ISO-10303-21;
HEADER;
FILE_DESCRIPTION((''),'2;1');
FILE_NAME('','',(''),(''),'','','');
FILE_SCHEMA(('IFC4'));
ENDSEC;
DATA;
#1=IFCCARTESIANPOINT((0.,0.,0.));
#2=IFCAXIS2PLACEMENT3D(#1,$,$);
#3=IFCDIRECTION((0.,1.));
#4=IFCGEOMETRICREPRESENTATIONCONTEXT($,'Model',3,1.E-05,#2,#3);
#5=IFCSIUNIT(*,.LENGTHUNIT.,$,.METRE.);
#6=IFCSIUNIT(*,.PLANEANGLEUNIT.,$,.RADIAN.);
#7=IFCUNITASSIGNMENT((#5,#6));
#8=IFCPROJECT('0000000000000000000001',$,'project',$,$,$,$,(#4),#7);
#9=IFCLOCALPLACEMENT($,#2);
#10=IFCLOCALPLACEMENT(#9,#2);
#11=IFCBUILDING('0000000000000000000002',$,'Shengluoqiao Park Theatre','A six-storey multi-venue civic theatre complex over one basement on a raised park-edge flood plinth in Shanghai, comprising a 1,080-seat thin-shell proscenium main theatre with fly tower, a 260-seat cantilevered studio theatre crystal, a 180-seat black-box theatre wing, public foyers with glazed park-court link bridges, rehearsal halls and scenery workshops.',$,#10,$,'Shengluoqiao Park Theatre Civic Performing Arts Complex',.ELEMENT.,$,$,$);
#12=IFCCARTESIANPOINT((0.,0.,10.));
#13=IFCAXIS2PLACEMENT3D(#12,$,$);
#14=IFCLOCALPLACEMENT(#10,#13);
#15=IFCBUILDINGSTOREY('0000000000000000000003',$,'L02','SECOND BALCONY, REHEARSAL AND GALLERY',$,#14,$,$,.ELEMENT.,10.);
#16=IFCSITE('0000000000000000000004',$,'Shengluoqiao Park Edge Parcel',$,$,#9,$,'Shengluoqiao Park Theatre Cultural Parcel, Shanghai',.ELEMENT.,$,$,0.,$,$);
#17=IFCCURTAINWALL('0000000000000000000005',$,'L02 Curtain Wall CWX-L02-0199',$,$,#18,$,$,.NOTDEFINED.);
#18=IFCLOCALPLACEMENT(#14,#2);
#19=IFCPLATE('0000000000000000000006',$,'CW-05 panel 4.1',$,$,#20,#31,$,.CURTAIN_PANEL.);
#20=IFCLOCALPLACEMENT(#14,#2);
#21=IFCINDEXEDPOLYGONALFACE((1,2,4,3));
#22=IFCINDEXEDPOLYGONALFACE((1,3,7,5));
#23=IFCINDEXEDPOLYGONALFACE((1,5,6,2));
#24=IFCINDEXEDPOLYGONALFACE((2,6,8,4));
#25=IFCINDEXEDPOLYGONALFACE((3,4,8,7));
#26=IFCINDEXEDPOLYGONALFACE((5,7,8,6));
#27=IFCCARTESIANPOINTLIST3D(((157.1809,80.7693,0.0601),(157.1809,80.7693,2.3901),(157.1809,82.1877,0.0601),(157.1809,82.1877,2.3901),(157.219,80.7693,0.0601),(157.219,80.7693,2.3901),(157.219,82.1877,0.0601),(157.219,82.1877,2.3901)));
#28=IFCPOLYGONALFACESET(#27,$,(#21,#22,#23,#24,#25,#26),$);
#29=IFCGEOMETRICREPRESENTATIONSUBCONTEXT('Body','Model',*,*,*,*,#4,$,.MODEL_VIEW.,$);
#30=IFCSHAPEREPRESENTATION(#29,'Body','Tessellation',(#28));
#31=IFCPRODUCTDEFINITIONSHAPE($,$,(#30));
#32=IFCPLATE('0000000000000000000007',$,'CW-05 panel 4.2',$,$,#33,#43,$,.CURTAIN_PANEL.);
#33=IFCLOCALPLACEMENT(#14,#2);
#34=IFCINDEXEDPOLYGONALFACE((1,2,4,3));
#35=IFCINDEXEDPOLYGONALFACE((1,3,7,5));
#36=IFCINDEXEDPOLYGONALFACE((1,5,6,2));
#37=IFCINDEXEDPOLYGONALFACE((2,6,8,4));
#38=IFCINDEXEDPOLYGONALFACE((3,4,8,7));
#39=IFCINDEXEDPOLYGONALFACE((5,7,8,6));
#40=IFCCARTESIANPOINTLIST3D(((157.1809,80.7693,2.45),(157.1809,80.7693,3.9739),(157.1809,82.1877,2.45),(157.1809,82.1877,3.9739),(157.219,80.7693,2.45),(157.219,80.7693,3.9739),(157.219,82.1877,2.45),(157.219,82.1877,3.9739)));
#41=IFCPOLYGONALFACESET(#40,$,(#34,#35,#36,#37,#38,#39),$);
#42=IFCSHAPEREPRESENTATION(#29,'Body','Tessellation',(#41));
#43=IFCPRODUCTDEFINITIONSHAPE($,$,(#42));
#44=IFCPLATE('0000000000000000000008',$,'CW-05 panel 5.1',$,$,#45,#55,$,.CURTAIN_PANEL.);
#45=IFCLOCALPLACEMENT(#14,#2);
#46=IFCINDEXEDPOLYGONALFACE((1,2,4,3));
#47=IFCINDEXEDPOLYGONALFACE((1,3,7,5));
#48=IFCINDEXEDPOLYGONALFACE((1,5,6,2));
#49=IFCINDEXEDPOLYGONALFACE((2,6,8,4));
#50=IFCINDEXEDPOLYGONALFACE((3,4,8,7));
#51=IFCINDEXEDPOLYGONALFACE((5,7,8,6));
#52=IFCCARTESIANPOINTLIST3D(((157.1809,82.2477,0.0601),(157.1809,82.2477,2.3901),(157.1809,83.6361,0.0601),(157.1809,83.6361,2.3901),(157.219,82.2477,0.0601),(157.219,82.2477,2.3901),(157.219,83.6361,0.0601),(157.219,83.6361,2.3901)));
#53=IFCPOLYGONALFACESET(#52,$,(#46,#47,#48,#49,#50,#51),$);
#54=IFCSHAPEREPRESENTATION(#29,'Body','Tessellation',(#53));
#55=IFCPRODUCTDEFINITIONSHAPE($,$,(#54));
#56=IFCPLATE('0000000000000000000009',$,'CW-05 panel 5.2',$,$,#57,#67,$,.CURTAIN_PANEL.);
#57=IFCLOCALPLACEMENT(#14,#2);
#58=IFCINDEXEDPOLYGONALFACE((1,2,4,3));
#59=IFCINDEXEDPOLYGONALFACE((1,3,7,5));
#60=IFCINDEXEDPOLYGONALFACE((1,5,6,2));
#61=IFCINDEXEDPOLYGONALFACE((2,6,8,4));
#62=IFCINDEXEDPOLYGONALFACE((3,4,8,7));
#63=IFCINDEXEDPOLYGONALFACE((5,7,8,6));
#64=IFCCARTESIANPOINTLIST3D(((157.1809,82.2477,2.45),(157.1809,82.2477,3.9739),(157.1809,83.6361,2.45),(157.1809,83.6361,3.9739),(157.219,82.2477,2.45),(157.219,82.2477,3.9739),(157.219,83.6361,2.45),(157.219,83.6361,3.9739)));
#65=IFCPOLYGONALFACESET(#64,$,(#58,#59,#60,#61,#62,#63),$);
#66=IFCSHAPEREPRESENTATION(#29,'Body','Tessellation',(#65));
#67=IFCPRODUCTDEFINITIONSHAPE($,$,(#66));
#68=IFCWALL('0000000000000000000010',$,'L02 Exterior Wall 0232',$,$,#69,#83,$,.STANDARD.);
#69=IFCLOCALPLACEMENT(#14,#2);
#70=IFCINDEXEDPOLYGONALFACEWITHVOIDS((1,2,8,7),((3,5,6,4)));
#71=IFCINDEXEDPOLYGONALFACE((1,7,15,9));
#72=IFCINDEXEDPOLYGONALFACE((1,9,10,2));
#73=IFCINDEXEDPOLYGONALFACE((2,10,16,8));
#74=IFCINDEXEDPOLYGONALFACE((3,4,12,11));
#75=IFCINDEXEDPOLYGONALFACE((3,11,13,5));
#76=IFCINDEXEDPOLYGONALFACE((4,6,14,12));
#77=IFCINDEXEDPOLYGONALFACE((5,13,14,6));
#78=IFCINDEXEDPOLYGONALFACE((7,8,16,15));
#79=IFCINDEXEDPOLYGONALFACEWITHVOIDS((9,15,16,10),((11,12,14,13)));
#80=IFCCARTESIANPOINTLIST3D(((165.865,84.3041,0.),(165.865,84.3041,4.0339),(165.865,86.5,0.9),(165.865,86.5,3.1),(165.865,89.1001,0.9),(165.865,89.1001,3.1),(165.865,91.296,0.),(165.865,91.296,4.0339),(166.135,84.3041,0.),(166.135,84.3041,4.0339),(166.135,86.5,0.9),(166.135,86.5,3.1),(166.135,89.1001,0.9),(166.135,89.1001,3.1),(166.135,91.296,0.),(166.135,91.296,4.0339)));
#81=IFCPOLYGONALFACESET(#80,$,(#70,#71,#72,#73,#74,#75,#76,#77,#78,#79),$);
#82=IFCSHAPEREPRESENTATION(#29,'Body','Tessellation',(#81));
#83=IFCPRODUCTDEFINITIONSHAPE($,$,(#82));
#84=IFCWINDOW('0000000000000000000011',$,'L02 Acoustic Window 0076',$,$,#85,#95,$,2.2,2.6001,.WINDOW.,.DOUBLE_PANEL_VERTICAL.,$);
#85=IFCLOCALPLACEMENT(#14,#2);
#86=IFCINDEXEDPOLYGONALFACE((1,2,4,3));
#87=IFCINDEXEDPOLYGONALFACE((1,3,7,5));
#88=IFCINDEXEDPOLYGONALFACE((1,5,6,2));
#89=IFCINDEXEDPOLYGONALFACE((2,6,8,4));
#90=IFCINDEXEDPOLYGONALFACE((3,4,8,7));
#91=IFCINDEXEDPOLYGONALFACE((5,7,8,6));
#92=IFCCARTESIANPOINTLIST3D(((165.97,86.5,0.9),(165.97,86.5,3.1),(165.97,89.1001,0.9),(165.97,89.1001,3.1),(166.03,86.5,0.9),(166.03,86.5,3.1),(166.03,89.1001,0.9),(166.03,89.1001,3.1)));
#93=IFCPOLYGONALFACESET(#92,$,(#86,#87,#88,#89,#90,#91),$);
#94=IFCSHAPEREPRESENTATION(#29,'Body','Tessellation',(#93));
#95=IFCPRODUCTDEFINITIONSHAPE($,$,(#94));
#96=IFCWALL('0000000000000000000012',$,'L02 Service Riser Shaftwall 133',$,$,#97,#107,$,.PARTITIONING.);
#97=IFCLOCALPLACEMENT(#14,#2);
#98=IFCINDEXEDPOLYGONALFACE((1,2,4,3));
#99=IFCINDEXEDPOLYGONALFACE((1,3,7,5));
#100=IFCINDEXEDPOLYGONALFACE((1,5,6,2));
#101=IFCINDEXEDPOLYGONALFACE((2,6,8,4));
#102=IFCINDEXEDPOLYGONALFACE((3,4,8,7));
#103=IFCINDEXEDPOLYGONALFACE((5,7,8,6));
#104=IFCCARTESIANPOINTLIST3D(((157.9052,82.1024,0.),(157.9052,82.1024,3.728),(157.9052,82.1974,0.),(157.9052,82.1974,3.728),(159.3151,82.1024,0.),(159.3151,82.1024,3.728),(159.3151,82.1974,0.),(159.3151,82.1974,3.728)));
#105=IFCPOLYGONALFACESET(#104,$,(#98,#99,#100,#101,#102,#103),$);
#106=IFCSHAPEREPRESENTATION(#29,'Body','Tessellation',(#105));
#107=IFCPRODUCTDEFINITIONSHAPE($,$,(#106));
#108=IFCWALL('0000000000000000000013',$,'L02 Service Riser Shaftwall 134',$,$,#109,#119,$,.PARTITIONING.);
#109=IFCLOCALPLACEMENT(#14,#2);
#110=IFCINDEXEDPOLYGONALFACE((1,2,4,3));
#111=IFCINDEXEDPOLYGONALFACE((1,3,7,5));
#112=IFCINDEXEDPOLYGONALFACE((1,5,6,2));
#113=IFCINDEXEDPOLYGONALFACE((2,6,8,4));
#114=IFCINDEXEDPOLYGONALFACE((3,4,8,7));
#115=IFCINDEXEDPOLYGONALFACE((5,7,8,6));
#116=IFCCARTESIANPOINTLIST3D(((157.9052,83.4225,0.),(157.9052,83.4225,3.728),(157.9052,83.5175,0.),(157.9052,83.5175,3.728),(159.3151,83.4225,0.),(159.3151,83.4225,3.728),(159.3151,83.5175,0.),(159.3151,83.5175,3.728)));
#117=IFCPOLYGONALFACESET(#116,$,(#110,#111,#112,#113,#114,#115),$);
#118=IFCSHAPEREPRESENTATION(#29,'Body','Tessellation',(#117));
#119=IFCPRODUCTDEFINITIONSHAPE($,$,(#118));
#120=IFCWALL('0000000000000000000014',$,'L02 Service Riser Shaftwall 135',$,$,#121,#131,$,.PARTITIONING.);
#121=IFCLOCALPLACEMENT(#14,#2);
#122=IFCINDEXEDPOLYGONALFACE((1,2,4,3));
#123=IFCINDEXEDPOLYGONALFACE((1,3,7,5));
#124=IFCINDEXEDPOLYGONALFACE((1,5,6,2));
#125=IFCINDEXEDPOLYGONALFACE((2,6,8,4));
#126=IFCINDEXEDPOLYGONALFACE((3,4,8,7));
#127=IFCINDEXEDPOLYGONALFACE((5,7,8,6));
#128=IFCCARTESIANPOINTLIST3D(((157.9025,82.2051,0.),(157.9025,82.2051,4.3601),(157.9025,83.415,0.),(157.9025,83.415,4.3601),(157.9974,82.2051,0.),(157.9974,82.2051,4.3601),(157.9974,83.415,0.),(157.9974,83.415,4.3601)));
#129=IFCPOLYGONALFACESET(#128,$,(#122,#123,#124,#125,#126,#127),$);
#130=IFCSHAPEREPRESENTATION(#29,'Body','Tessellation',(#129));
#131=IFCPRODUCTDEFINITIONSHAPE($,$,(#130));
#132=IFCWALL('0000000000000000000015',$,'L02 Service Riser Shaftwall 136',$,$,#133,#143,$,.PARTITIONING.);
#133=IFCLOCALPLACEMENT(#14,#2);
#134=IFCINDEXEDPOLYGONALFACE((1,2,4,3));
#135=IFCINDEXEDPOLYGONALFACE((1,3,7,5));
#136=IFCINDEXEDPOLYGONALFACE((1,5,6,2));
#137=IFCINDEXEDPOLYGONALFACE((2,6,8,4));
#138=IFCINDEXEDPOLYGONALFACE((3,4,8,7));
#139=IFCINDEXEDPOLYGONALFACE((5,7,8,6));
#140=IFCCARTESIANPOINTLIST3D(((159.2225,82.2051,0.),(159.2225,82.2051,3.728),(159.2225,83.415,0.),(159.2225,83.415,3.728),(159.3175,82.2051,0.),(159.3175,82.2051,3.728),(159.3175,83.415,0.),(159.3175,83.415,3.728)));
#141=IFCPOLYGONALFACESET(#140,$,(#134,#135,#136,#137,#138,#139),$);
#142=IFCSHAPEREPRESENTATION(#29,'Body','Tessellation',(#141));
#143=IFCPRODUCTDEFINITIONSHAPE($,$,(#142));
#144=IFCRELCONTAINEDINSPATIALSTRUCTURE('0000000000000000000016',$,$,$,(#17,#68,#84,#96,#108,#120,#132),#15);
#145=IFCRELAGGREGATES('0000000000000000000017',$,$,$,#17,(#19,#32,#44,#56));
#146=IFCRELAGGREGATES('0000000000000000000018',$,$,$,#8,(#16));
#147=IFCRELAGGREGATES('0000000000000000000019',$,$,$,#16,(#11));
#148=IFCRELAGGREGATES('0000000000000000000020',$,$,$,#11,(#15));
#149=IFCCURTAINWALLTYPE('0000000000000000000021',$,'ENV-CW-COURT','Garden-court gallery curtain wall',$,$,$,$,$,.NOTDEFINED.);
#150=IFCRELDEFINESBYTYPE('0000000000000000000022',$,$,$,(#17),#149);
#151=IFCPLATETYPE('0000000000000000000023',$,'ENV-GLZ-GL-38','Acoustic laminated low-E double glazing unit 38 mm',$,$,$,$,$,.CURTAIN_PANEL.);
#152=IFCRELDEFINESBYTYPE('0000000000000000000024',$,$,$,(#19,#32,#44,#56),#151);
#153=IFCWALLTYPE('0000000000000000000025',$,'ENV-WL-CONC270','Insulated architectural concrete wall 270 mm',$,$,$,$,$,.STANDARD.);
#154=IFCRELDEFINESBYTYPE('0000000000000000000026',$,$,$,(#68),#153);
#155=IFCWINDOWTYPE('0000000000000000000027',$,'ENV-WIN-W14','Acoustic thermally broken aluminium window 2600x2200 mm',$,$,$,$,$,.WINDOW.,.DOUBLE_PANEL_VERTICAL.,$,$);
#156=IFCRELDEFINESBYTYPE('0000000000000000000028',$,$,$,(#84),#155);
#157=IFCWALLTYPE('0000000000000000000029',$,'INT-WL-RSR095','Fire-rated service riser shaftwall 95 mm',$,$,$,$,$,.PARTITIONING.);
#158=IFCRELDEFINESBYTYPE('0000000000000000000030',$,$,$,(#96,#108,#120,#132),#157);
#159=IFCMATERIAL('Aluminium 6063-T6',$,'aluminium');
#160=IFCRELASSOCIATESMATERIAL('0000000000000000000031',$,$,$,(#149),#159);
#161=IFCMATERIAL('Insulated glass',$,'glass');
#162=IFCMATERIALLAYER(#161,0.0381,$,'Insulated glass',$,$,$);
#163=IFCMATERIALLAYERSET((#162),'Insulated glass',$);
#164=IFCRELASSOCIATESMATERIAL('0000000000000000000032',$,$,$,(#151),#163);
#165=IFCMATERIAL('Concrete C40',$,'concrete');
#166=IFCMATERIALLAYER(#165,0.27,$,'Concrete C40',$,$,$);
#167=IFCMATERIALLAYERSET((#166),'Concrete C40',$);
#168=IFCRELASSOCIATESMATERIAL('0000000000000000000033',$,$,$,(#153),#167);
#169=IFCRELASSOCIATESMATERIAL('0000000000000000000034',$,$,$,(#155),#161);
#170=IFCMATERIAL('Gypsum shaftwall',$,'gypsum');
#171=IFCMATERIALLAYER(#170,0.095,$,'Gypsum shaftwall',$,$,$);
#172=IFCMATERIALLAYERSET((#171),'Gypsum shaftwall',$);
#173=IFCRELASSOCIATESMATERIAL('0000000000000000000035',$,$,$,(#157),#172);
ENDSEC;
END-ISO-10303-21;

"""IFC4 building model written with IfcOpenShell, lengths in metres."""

from ifc_helpers import new_model, si_unit, direction, frame, frame_2d, origin, origin_2d, place, context, subcontext, project, spatial, rectangle, extrude, material, layer, layer_set, type_object, element, fill, aggregate, save


model = new_model("IFC4")

# Units and contexts
model_context = context("Model", 3, precision=1e-05, world=origin(), true_north=direction((0.0, 1.0)))
body_context = subcontext(model_context, "Body", "Model", "MODEL_VIEW")
ifc_project = project(units=[si_unit("LENGTHUNIT", "METRE"), si_unit("PLANEANGLEUNIT", "RADIAN")], contexts=[model_context])

# Site, building, storey
site_placement = place(None, origin())
site = spatial("IfcSite", under=ifc_project, at=site_placement, Name="Shengluoqiao Park Edge Parcel", LongName="Shengluoqiao Park Theatre Cultural Parcel, Shanghai", CompositionType="ELEMENT", RefElevation=0.0)
building_placement = place(site_placement, origin())
building = spatial("IfcBuilding", under=site, at=building_placement, Name="Shengluoqiao Park Theatre", Description="A six-storey multi-venue civic theatre complex over one basement on a raised park-edge flood plinth in Shanghai, comprising a 1,080-seat thin-shell proscenium main theatre with fly tower, a 260-seat cantilevered studio theatre crystal, a 180-seat black-box theatre wing, public foyers with glazed park-court link bridges, rehearsal halls and scenery workshops.", LongName="Shengluoqiao Park Theatre Civic Performing Arts Complex", CompositionType="ELEMENT")
storey_placement = place(building_placement, frame((0.0, 0.0, 10.0)))
storey = spatial("IfcBuildingStorey", under=building, at=storey_placement, Name="L02", Description="SECOND BALCONY, REHEARSAL AND GALLERY", CompositionType="ELEMENT", Elevation=10.0)

# Shared definitions
ifc_material_1 = material(Name="Concrete C40", Category="concrete")

# Curtain wall
ifc_material_2 = material(Name="Aluminium 6063-T6", Category="aluminium")
curtain_wall_type = type_object("IfcCurtainWallType", Name="ENV-CW-COURT", Description="Garden-court gallery curtain wall", PredefinedType="NOTDEFINED", material=ifc_material_2)
curtain_wall_placement = place(storey_placement, origin())
curtain_wall = element("IfcCurtainWall", 1, at=curtain_wall_placement, inside=storey, type_object=curtain_wall_type, Name="L02 Curtain Wall CWX-L02-0199", PredefinedType="NOTDEFINED")

# Plates
ifc_material_3 = material(Name="Insulated glass", Category="glass")
ifc_layer_1 = layer(ifc_material_3, 0.0381, Name="Insulated glass")
ifc_layer_set_1 = layer_set([ifc_layer_1], Name="Insulated glass")
plate_type = type_object("IfcPlateType", Name="ENV-GLZ-GL-38", Description="Acoustic laminated low-E double glazing unit 38 mm", PredefinedType="CURTAIN_PANEL", material=ifc_layer_set_1)
plate_1_placement = place(storey_placement, frame((157.2, 81.4785, 0.0601), z_axis=(0.0, 0.0, 1.0), x_axis=(0.0, 1.0, 0.0)))
plate_1 = element("IfcPlate", 2, at=plate_1_placement, type_object=plate_type, Name="CW-05 panel 4.1", PredefinedType="CURTAIN_PANEL", context=body_context, shape_type="SweptSolid", body=[
    extrude(rectangle(XDim=1.4185, YDim=0.0381, at=origin_2d()), origin(), (0.0, 0.0, 1.0), 2.3301),
])
plate_2_placement = place(storey_placement, frame((157.2, 81.4785, 2.45), z_axis=(0.0, 0.0, 1.0), x_axis=(0.0, 1.0, 0.0)))
plate_2 = element("IfcPlate", 3, at=plate_2_placement, type_object=plate_type, Name="CW-05 panel 4.2", PredefinedType="CURTAIN_PANEL", context=body_context, shape_type="SweptSolid", body=[
    extrude(rectangle(XDim=1.4185, YDim=0.0381, at=origin_2d()), origin(), (0.0, 0.0, 1.0), 1.5239),
])
plate_3_placement = place(storey_placement, frame((157.2, 82.9419, 0.0601), z_axis=(0.0, 0.0, 1.0), x_axis=(0.0, 1.0, 0.0)))
plate_3 = element("IfcPlate", 4, at=plate_3_placement, type_object=plate_type, Name="CW-05 panel 5.1", PredefinedType="CURTAIN_PANEL", context=body_context, shape_type="SweptSolid", body=[
    extrude(rectangle(XDim=1.3884, YDim=0.0381, at=origin_2d()), origin(), (0.0, 0.0, 1.0), 2.3301),
])
plate_4_placement = place(storey_placement, frame((157.2, 82.9419, 2.45), z_axis=(0.0, 0.0, 1.0), x_axis=(0.0, 1.0, 0.0)))
plate_4 = element("IfcPlate", 5, at=plate_4_placement, type_object=plate_type, Name="CW-05 panel 5.2", PredefinedType="CURTAIN_PANEL", context=body_context, shape_type="SweptSolid", body=[
    extrude(rectangle(XDim=1.3884, YDim=0.0381, at=origin_2d()), origin(), (0.0, 0.0, 1.0), 1.5239),
])
aggregate(curtain_wall, [plate_1, plate_2, plate_3, plate_4])

# Wall, opening, window
ifc_layer_2 = layer(ifc_material_1, 0.27, Name="Concrete C40")
ifc_layer_set_2 = layer_set([ifc_layer_2], Name="Concrete C40")
wall_type_1 = type_object("IfcWallType", Name="ENV-WL-CONC270", Description="Insulated architectural concrete wall 270 mm", PredefinedType="STANDARD", material=ifc_layer_set_2)
wall_1_placement = place(storey_placement, frame((166.0, 84.304, 0.0), z_axis=(0.0, 0.0, 1.0), x_axis=(0.0, 1.0, 0.0)))
wall_1 = element("IfcWall", 6, at=wall_1_placement, inside=storey, type_object=wall_type_1, Name="L02 Exterior Wall 0232", PredefinedType="STANDARD", context=body_context, shape_type="SweptSolid", body=[
    extrude(rectangle(XDim=6.9919, YDim=0.27, at=frame_2d((3.4961, 0.0))), origin(), (0.0, 0.0, 1.0), 4.0339),
])
opening_placement = place(wall_1_placement, frame((2.196, 0.0, 0.8999)))
opening = element("IfcOpeningElement", 7, at=opening_placement, cuts=wall_1, PredefinedType="OPENING", context=body_context, shape_type="SweptSolid", body=[
    extrude(rectangle(XDim=2.6001, YDim=2.2, at=frame_2d((1.3, 1.1001))), frame((0.0, 0.145, 0.0), z_axis=(0.0, -1.0, 0.0), x_axis=(1.0, 0.0, 0.0)), (0.0, 0.0, 1.0), 0.29),
])
window_type = type_object("IfcWindowType", Name="ENV-WIN-W14", Description="Acoustic thermally broken aluminium window 2600x2200 mm", PartitioningType="DOUBLE_PANEL_VERTICAL", PredefinedType="WINDOW", material=ifc_material_3)
window_placement = place(opening_placement, origin())
window = element("IfcWindow", 8, at=window_placement, inside=storey, type_object=window_type, Name="L02 Acoustic Window 0076", OverallHeight=2.2, OverallWidth=2.6001, PartitioningType="DOUBLE_PANEL_VERTICAL", PredefinedType="WINDOW", context=body_context, shape_type="SweptSolid", body=[
    extrude(rectangle(XDim=2.6001, YDim=2.2, at=frame_2d((1.3, 1.1001))), frame((0.0, 0.03, 0.0), z_axis=(0.0, -1.0, 0.0), x_axis=(1.0, 0.0, 0.0)), (0.0, 0.0, 1.0), 0.0601),
])
fill(opening, window)

# Walls
ifc_material_4 = material(Name="Gypsum shaftwall", Category="gypsum")
ifc_layer_3 = layer(ifc_material_4, 0.095, Name="Gypsum shaftwall")
ifc_layer_set_3 = layer_set([ifc_layer_3], Name="Gypsum shaftwall")
wall_type_2 = type_object("IfcWallType", Name="INT-WL-RSR095", Description="Fire-rated service riser shaftwall 95 mm", PredefinedType="PARTITIONING", material=ifc_layer_set_3)
for number, where, z_axis, x_axis, name in (
    (9, (157.905, 82.1499, 0.0), (0.0, 0.0, 1.0), (1.0, 0.0, 0.0), "L02 Service Riser Shaftwall 133"),
    (10, (157.905, 83.47, 0.0), (0.0, 0.0, 1.0), (1.0, 0.0, 0.0), "L02 Service Riser Shaftwall 134"),
):
    element("IfcWall", number, at=place(storey_placement, frame(where, z_axis=z_axis, x_axis=x_axis)), inside=storey, type_object=wall_type_2, Name=name, PredefinedType="PARTITIONING", context=body_context, shape_type="SweptSolid", body=[
        extrude(rectangle(XDim=1.4099, YDim=0.095, at=frame_2d((0.7051, 0.0))), origin(), (0.0, 0.0, 1.0), 3.728),
    ])
wall_2_placement = place(storey_placement, frame((157.95, 82.2051, 0.0), z_axis=(0.0, 0.0, 1.0), x_axis=(0.0, 1.0, 0.0)))
element("IfcWall", 11, at=wall_2_placement, inside=storey, type_object=wall_type_2, Name="L02 Service Riser Shaftwall 135", PredefinedType="PARTITIONING", context=body_context, shape_type="SweptSolid", body=[
    extrude(rectangle(XDim=1.21, YDim=0.095, at=frame_2d((0.605, 0.0))), origin(), (0.0, 0.0, 1.0), 4.3601),
])
wall_3_placement = place(storey_placement, frame((159.27, 82.2051, 0.0), z_axis=(0.0, 0.0, 1.0), x_axis=(0.0, 1.0, 0.0)))
element("IfcWall", 12, at=wall_3_placement, inside=storey, type_object=wall_type_2, Name="L02 Service Riser Shaftwall 136", PredefinedType="PARTITIONING", context=body_context, shape_type="SweptSolid", body=[
    extrude(rectangle(XDim=1.21, YDim=0.095, at=frame_2d((0.605, 0.0))), origin(), (0.0, 0.0, 1.0), 3.728),
])

save(model, "model.ifc")
